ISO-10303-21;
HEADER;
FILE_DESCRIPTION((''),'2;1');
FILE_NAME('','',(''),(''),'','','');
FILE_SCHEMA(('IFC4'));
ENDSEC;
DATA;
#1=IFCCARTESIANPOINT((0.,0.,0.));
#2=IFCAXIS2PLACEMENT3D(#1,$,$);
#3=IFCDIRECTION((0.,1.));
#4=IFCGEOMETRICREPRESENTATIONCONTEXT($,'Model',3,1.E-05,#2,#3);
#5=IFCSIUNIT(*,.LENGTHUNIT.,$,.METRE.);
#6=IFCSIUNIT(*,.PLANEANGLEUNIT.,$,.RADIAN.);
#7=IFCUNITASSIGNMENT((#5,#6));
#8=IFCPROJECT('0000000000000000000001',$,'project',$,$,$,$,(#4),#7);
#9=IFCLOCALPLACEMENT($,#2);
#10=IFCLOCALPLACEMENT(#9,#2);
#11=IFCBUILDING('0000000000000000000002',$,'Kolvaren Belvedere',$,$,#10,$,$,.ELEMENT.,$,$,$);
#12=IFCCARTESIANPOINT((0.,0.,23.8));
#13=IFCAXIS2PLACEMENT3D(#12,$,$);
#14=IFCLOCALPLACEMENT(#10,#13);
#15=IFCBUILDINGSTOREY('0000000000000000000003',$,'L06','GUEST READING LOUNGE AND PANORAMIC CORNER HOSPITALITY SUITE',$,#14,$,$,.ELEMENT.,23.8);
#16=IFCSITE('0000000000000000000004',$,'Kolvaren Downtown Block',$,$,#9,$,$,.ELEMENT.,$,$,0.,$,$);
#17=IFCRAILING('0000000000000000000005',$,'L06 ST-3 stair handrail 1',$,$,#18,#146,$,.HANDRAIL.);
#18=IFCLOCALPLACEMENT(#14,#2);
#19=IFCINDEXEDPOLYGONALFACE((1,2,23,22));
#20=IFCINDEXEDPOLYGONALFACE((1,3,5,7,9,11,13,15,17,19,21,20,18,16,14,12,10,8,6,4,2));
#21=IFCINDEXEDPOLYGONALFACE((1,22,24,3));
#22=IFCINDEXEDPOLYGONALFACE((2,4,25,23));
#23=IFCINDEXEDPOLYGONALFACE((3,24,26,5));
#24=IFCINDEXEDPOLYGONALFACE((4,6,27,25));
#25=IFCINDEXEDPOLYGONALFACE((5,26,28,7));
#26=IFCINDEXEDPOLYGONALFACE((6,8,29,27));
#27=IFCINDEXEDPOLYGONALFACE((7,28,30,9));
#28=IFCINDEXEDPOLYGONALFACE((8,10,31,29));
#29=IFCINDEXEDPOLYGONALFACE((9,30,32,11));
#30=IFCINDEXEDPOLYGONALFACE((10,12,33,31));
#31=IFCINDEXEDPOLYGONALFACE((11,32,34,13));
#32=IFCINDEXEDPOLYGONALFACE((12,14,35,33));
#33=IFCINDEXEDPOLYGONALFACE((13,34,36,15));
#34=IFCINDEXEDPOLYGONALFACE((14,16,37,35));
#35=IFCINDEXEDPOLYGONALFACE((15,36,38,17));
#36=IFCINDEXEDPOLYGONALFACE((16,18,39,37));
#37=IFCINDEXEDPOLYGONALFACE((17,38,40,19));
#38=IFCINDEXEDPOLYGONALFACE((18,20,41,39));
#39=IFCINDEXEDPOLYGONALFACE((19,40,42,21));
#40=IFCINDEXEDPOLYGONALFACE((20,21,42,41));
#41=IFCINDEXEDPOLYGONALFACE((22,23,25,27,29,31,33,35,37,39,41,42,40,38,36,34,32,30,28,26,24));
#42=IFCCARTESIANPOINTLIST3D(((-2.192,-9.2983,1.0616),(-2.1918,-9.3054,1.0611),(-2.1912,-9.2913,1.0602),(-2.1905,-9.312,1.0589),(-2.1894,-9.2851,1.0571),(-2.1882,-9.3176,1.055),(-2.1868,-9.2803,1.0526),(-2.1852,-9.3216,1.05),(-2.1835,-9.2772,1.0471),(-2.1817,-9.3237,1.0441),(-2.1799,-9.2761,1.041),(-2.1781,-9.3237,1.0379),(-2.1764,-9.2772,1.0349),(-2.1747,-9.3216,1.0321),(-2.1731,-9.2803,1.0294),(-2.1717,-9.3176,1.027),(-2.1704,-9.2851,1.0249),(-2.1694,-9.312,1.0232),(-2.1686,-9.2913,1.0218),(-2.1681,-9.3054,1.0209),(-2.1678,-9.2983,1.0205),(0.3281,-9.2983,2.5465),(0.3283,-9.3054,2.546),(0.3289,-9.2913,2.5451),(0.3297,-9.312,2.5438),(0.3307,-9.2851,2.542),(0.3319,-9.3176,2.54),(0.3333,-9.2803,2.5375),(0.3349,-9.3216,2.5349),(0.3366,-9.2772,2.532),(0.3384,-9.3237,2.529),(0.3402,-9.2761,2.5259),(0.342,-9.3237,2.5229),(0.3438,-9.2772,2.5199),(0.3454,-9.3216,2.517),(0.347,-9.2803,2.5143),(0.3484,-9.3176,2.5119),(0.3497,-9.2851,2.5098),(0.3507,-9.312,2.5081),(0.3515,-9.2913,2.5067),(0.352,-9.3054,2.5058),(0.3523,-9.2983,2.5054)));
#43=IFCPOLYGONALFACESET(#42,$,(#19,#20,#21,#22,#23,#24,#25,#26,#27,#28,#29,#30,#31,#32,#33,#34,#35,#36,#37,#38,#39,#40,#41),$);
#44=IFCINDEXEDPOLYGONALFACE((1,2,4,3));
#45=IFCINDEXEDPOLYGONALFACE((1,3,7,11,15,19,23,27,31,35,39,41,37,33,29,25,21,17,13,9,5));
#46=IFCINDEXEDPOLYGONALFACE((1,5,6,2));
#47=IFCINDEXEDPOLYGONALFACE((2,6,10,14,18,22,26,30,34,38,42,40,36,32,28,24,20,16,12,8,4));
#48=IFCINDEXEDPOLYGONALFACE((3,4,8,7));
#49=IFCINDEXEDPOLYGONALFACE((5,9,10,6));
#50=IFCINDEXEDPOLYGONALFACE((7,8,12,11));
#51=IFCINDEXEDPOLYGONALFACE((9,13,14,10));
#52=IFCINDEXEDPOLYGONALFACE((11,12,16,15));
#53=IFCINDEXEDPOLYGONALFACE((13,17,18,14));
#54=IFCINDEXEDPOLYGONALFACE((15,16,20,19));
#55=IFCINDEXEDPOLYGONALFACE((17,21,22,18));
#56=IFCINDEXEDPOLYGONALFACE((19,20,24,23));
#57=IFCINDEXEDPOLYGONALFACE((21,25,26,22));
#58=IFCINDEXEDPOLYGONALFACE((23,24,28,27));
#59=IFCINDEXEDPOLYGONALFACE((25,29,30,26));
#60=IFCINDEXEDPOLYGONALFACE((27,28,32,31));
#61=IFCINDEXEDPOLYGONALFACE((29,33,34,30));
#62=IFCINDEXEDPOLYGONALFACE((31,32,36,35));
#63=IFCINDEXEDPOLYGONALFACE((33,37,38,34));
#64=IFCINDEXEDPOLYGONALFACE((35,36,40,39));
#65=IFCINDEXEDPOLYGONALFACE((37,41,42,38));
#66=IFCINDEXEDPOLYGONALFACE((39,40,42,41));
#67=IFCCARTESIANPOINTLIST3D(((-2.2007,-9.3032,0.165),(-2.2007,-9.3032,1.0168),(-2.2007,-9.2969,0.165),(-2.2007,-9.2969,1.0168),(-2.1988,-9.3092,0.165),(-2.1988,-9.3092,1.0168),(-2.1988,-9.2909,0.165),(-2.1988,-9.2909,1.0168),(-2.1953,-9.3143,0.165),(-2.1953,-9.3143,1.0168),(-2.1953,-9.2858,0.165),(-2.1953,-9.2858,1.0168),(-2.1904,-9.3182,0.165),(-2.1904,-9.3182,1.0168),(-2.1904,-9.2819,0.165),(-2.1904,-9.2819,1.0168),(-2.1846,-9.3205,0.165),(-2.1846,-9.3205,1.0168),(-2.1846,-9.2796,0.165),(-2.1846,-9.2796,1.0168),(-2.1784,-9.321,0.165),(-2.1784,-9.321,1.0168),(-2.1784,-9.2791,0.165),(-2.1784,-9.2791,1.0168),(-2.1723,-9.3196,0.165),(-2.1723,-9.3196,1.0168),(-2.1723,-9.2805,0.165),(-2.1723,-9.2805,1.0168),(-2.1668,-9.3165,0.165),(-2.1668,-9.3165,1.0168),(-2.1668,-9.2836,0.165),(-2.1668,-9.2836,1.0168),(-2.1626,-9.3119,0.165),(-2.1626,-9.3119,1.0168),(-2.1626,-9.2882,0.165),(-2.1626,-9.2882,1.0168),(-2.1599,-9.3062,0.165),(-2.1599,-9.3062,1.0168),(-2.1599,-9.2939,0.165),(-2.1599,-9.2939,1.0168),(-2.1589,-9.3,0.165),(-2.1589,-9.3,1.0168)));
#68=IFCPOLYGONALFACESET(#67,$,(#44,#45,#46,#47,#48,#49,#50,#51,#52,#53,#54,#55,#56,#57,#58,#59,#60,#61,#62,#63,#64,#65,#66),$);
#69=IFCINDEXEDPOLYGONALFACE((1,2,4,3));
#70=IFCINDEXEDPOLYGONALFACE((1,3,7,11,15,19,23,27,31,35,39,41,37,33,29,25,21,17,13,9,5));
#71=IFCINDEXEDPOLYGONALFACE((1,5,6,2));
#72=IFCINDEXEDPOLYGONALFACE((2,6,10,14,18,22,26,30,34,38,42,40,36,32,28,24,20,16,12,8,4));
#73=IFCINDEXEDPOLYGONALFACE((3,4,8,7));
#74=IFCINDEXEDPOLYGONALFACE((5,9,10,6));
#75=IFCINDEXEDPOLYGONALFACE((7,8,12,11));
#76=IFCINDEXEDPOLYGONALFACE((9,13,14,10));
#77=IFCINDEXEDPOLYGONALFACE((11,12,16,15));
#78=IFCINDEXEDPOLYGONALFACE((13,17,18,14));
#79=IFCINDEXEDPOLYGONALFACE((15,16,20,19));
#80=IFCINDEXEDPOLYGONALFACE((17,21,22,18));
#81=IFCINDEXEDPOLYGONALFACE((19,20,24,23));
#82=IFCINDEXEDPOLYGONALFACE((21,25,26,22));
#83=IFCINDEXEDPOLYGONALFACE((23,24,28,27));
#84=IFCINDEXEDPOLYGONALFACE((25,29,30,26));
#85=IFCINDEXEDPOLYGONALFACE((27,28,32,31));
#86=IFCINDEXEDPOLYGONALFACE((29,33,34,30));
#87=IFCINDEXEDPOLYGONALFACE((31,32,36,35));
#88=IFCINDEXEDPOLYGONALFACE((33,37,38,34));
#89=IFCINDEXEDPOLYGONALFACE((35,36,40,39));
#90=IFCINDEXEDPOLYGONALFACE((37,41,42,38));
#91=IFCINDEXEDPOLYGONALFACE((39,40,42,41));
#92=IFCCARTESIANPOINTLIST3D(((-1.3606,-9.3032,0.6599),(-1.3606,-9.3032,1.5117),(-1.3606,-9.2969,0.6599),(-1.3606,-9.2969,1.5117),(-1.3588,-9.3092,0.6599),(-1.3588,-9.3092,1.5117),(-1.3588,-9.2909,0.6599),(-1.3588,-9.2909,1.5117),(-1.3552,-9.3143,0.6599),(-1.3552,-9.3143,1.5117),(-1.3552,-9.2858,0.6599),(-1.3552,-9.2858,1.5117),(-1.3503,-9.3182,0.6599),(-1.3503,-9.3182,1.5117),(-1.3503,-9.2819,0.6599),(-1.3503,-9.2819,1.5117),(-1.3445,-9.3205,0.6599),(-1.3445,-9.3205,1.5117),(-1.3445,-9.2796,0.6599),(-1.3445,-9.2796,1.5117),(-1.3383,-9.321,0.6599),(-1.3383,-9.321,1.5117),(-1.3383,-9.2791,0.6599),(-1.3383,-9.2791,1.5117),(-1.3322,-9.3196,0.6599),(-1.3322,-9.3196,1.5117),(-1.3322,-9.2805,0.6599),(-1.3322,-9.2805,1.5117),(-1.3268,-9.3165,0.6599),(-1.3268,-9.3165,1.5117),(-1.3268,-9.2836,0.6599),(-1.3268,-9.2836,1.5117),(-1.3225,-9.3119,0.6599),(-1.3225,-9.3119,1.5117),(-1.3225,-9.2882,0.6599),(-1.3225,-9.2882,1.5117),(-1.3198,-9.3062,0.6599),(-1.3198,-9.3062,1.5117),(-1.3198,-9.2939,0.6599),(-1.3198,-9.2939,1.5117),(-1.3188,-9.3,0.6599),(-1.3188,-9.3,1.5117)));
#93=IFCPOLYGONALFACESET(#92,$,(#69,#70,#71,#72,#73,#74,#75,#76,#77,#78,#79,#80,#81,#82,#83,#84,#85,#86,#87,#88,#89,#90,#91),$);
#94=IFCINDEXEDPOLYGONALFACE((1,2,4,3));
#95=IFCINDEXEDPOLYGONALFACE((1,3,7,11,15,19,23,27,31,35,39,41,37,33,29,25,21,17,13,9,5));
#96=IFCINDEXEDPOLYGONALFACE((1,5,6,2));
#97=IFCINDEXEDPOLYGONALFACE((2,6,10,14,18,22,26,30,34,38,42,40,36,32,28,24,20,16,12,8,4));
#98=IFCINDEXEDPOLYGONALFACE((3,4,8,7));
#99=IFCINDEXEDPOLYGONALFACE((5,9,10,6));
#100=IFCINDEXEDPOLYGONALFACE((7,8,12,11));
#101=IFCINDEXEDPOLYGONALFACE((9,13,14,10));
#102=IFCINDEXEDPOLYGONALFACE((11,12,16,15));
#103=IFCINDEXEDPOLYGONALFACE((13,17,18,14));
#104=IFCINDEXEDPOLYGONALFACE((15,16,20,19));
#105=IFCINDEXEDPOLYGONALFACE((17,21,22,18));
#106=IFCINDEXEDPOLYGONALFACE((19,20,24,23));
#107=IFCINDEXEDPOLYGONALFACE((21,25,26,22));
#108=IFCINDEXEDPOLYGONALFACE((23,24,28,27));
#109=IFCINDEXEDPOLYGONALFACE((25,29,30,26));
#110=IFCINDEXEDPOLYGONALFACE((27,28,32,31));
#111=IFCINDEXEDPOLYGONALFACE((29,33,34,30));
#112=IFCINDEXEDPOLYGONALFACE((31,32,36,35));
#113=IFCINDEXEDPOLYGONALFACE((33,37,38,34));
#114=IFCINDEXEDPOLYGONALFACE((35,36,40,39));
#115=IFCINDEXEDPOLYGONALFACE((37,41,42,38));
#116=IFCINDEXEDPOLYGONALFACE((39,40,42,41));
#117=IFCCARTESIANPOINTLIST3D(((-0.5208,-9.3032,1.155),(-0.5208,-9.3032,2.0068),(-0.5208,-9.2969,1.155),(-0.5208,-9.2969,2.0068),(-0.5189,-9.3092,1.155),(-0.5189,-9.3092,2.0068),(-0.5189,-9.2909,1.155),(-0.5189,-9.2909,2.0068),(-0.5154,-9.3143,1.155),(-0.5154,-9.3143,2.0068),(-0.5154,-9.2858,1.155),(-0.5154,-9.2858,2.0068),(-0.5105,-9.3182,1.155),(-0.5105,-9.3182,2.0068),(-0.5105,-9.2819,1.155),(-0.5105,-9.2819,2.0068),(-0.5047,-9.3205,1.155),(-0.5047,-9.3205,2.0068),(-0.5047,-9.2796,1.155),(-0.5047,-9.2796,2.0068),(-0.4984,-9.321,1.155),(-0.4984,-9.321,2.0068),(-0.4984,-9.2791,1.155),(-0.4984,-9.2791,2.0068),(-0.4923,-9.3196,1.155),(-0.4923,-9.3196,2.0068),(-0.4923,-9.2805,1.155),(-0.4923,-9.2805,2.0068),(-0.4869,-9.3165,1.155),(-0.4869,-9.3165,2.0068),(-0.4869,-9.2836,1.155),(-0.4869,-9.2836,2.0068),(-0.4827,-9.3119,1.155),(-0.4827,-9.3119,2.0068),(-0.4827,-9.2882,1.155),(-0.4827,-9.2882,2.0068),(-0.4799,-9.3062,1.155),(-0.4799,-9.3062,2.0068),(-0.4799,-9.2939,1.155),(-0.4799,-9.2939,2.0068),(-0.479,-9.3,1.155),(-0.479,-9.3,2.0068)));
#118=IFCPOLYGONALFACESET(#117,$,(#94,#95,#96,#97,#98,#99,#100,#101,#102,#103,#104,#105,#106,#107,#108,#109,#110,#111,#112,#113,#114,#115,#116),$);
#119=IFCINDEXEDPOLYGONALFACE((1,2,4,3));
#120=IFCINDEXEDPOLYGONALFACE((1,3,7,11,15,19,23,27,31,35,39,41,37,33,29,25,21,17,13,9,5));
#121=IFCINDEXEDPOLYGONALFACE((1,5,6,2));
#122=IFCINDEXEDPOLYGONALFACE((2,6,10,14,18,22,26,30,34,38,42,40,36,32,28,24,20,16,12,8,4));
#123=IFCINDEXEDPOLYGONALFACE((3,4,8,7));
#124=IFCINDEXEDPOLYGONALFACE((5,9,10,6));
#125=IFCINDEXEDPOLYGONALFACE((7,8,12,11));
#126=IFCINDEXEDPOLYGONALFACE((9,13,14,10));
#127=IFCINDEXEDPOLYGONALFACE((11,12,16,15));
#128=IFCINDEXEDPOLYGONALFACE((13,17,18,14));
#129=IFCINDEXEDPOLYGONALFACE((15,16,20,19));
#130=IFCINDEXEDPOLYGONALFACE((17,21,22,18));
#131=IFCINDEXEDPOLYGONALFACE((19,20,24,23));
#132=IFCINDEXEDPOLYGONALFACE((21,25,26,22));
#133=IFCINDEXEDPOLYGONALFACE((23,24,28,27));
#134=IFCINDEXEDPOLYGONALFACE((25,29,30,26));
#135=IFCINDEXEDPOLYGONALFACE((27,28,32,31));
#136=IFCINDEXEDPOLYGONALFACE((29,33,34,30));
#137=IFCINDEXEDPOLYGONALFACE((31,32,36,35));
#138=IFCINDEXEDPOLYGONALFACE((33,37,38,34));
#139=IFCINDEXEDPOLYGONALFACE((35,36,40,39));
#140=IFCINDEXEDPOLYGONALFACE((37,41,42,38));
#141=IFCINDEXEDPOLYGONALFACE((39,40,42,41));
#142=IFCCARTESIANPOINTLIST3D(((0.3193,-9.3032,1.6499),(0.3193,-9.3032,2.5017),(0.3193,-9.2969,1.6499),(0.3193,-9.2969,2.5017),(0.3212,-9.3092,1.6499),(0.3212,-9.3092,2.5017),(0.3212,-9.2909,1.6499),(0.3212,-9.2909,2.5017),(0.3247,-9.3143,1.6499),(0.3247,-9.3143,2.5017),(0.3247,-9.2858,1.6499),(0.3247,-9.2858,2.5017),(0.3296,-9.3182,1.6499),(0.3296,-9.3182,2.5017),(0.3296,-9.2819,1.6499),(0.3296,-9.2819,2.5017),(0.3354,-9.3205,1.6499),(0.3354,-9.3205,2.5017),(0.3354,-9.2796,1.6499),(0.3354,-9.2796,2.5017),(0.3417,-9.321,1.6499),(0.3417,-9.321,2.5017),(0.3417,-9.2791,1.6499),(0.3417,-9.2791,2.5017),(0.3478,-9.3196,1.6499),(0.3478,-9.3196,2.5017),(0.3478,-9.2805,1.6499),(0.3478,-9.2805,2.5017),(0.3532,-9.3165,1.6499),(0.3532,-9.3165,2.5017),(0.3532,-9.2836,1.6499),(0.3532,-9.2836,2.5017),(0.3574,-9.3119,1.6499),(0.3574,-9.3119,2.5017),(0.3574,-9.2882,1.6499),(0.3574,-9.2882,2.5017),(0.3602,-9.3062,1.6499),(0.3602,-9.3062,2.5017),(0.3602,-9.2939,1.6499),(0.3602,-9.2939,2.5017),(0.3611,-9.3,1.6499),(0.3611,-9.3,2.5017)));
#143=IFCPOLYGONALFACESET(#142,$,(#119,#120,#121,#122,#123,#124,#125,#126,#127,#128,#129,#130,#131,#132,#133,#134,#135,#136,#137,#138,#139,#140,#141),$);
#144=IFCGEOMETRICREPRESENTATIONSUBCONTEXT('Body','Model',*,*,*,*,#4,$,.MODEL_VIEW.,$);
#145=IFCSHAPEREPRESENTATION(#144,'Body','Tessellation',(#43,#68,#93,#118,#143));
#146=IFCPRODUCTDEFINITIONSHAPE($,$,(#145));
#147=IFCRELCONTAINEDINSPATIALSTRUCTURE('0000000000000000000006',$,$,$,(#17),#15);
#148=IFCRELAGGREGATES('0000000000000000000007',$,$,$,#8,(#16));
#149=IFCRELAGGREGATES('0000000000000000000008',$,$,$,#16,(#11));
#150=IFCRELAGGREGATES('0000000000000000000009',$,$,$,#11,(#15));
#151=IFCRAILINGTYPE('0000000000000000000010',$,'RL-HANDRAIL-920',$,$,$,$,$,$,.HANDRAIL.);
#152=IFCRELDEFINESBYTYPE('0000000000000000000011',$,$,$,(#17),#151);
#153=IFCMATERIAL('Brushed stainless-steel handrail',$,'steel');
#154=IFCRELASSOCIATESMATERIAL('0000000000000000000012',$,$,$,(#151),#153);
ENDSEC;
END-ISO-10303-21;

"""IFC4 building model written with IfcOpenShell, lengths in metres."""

from ifc_helpers import new_model, si_unit, direction, frame, origin, origin_2d, place, context, subcontext, project, spatial, circle, extrude, material, type_object, element, save


model = new_model("IFC4")

# Units and contexts
model_context = context("Model", 3, precision=1e-05, world=origin(), true_north=direction((0.0, 1.0)))
body_context = subcontext(model_context, "Body", "Model", "MODEL_VIEW")
ifc_project = project(units=[si_unit("LENGTHUNIT", "METRE"), si_unit("PLANEANGLEUNIT", "RADIAN")], contexts=[model_context])

# Site, building, storey
site_placement = place(None, origin())
site = spatial("IfcSite", under=ifc_project, at=site_placement, Name="Kolvaren Downtown Block", CompositionType="ELEMENT", RefElevation=0.0)
building_placement = place(site_placement, origin())
building = spatial("IfcBuilding", under=site, at=building_placement, Name="Kolvaren Belvedere", CompositionType="ELEMENT")
storey_placement = place(building_placement, frame((0.0, 0.0, 23.8)))
storey = spatial("IfcBuildingStorey", under=building, at=storey_placement, Name="L06", Description="GUEST READING LOUNGE AND PANORAMIC CORNER HOSPITALITY SUITE", CompositionType="ELEMENT", Elevation=23.8)

# Railing
ifc_material_1 = material(Name="Brushed stainless-steel handrail", Category="steel")
railing_type_1 = type_object("IfcRailingType", Name="RL-HANDRAIL-920", PredefinedType="HANDRAIL", material=ifc_material_1)
railing_1_placement = place(storey_placement, frame((-2.1799, -9.3, 0.165)))
element("IfcRailing", 1, at=railing_1_placement, inside=storey, type_object=railing_type_1, Name="L06 ST-3 stair handrail 1", PredefinedType="HANDRAIL", context=body_context, shape_type="SweptSolid", body=[
    extrude(circle(Radius=0.0239, at=origin_2d()), frame((0.0, 0.0, 0.876), z_axis=(0.861561, 0.0, 0.507655), x_axis=(0.0, 1.0, 0.0)), (0.0, 0.0, 1.0), 2.925),
    extrude(circle(Radius=0.021, at=origin_2d()), origin(), (0.0, 0.0, 1.0), 0.8518),
    extrude(circle(Radius=0.021, at=origin_2d()), frame((0.8401, 0.0, 0.4949)), (0.0, 0.0, 1.0), 0.8518),
    extrude(circle(Radius=0.021, at=origin_2d()), frame((1.6799, 0.0, 0.99)), (0.0, 0.0, 1.0), 0.8518),
    extrude(circle(Radius=0.021, at=origin_2d()), frame((2.52, 0.0, 1.4849)), (0.0, 0.0, 1.0), 0.8518),
])

save(model, "model.ifc")
